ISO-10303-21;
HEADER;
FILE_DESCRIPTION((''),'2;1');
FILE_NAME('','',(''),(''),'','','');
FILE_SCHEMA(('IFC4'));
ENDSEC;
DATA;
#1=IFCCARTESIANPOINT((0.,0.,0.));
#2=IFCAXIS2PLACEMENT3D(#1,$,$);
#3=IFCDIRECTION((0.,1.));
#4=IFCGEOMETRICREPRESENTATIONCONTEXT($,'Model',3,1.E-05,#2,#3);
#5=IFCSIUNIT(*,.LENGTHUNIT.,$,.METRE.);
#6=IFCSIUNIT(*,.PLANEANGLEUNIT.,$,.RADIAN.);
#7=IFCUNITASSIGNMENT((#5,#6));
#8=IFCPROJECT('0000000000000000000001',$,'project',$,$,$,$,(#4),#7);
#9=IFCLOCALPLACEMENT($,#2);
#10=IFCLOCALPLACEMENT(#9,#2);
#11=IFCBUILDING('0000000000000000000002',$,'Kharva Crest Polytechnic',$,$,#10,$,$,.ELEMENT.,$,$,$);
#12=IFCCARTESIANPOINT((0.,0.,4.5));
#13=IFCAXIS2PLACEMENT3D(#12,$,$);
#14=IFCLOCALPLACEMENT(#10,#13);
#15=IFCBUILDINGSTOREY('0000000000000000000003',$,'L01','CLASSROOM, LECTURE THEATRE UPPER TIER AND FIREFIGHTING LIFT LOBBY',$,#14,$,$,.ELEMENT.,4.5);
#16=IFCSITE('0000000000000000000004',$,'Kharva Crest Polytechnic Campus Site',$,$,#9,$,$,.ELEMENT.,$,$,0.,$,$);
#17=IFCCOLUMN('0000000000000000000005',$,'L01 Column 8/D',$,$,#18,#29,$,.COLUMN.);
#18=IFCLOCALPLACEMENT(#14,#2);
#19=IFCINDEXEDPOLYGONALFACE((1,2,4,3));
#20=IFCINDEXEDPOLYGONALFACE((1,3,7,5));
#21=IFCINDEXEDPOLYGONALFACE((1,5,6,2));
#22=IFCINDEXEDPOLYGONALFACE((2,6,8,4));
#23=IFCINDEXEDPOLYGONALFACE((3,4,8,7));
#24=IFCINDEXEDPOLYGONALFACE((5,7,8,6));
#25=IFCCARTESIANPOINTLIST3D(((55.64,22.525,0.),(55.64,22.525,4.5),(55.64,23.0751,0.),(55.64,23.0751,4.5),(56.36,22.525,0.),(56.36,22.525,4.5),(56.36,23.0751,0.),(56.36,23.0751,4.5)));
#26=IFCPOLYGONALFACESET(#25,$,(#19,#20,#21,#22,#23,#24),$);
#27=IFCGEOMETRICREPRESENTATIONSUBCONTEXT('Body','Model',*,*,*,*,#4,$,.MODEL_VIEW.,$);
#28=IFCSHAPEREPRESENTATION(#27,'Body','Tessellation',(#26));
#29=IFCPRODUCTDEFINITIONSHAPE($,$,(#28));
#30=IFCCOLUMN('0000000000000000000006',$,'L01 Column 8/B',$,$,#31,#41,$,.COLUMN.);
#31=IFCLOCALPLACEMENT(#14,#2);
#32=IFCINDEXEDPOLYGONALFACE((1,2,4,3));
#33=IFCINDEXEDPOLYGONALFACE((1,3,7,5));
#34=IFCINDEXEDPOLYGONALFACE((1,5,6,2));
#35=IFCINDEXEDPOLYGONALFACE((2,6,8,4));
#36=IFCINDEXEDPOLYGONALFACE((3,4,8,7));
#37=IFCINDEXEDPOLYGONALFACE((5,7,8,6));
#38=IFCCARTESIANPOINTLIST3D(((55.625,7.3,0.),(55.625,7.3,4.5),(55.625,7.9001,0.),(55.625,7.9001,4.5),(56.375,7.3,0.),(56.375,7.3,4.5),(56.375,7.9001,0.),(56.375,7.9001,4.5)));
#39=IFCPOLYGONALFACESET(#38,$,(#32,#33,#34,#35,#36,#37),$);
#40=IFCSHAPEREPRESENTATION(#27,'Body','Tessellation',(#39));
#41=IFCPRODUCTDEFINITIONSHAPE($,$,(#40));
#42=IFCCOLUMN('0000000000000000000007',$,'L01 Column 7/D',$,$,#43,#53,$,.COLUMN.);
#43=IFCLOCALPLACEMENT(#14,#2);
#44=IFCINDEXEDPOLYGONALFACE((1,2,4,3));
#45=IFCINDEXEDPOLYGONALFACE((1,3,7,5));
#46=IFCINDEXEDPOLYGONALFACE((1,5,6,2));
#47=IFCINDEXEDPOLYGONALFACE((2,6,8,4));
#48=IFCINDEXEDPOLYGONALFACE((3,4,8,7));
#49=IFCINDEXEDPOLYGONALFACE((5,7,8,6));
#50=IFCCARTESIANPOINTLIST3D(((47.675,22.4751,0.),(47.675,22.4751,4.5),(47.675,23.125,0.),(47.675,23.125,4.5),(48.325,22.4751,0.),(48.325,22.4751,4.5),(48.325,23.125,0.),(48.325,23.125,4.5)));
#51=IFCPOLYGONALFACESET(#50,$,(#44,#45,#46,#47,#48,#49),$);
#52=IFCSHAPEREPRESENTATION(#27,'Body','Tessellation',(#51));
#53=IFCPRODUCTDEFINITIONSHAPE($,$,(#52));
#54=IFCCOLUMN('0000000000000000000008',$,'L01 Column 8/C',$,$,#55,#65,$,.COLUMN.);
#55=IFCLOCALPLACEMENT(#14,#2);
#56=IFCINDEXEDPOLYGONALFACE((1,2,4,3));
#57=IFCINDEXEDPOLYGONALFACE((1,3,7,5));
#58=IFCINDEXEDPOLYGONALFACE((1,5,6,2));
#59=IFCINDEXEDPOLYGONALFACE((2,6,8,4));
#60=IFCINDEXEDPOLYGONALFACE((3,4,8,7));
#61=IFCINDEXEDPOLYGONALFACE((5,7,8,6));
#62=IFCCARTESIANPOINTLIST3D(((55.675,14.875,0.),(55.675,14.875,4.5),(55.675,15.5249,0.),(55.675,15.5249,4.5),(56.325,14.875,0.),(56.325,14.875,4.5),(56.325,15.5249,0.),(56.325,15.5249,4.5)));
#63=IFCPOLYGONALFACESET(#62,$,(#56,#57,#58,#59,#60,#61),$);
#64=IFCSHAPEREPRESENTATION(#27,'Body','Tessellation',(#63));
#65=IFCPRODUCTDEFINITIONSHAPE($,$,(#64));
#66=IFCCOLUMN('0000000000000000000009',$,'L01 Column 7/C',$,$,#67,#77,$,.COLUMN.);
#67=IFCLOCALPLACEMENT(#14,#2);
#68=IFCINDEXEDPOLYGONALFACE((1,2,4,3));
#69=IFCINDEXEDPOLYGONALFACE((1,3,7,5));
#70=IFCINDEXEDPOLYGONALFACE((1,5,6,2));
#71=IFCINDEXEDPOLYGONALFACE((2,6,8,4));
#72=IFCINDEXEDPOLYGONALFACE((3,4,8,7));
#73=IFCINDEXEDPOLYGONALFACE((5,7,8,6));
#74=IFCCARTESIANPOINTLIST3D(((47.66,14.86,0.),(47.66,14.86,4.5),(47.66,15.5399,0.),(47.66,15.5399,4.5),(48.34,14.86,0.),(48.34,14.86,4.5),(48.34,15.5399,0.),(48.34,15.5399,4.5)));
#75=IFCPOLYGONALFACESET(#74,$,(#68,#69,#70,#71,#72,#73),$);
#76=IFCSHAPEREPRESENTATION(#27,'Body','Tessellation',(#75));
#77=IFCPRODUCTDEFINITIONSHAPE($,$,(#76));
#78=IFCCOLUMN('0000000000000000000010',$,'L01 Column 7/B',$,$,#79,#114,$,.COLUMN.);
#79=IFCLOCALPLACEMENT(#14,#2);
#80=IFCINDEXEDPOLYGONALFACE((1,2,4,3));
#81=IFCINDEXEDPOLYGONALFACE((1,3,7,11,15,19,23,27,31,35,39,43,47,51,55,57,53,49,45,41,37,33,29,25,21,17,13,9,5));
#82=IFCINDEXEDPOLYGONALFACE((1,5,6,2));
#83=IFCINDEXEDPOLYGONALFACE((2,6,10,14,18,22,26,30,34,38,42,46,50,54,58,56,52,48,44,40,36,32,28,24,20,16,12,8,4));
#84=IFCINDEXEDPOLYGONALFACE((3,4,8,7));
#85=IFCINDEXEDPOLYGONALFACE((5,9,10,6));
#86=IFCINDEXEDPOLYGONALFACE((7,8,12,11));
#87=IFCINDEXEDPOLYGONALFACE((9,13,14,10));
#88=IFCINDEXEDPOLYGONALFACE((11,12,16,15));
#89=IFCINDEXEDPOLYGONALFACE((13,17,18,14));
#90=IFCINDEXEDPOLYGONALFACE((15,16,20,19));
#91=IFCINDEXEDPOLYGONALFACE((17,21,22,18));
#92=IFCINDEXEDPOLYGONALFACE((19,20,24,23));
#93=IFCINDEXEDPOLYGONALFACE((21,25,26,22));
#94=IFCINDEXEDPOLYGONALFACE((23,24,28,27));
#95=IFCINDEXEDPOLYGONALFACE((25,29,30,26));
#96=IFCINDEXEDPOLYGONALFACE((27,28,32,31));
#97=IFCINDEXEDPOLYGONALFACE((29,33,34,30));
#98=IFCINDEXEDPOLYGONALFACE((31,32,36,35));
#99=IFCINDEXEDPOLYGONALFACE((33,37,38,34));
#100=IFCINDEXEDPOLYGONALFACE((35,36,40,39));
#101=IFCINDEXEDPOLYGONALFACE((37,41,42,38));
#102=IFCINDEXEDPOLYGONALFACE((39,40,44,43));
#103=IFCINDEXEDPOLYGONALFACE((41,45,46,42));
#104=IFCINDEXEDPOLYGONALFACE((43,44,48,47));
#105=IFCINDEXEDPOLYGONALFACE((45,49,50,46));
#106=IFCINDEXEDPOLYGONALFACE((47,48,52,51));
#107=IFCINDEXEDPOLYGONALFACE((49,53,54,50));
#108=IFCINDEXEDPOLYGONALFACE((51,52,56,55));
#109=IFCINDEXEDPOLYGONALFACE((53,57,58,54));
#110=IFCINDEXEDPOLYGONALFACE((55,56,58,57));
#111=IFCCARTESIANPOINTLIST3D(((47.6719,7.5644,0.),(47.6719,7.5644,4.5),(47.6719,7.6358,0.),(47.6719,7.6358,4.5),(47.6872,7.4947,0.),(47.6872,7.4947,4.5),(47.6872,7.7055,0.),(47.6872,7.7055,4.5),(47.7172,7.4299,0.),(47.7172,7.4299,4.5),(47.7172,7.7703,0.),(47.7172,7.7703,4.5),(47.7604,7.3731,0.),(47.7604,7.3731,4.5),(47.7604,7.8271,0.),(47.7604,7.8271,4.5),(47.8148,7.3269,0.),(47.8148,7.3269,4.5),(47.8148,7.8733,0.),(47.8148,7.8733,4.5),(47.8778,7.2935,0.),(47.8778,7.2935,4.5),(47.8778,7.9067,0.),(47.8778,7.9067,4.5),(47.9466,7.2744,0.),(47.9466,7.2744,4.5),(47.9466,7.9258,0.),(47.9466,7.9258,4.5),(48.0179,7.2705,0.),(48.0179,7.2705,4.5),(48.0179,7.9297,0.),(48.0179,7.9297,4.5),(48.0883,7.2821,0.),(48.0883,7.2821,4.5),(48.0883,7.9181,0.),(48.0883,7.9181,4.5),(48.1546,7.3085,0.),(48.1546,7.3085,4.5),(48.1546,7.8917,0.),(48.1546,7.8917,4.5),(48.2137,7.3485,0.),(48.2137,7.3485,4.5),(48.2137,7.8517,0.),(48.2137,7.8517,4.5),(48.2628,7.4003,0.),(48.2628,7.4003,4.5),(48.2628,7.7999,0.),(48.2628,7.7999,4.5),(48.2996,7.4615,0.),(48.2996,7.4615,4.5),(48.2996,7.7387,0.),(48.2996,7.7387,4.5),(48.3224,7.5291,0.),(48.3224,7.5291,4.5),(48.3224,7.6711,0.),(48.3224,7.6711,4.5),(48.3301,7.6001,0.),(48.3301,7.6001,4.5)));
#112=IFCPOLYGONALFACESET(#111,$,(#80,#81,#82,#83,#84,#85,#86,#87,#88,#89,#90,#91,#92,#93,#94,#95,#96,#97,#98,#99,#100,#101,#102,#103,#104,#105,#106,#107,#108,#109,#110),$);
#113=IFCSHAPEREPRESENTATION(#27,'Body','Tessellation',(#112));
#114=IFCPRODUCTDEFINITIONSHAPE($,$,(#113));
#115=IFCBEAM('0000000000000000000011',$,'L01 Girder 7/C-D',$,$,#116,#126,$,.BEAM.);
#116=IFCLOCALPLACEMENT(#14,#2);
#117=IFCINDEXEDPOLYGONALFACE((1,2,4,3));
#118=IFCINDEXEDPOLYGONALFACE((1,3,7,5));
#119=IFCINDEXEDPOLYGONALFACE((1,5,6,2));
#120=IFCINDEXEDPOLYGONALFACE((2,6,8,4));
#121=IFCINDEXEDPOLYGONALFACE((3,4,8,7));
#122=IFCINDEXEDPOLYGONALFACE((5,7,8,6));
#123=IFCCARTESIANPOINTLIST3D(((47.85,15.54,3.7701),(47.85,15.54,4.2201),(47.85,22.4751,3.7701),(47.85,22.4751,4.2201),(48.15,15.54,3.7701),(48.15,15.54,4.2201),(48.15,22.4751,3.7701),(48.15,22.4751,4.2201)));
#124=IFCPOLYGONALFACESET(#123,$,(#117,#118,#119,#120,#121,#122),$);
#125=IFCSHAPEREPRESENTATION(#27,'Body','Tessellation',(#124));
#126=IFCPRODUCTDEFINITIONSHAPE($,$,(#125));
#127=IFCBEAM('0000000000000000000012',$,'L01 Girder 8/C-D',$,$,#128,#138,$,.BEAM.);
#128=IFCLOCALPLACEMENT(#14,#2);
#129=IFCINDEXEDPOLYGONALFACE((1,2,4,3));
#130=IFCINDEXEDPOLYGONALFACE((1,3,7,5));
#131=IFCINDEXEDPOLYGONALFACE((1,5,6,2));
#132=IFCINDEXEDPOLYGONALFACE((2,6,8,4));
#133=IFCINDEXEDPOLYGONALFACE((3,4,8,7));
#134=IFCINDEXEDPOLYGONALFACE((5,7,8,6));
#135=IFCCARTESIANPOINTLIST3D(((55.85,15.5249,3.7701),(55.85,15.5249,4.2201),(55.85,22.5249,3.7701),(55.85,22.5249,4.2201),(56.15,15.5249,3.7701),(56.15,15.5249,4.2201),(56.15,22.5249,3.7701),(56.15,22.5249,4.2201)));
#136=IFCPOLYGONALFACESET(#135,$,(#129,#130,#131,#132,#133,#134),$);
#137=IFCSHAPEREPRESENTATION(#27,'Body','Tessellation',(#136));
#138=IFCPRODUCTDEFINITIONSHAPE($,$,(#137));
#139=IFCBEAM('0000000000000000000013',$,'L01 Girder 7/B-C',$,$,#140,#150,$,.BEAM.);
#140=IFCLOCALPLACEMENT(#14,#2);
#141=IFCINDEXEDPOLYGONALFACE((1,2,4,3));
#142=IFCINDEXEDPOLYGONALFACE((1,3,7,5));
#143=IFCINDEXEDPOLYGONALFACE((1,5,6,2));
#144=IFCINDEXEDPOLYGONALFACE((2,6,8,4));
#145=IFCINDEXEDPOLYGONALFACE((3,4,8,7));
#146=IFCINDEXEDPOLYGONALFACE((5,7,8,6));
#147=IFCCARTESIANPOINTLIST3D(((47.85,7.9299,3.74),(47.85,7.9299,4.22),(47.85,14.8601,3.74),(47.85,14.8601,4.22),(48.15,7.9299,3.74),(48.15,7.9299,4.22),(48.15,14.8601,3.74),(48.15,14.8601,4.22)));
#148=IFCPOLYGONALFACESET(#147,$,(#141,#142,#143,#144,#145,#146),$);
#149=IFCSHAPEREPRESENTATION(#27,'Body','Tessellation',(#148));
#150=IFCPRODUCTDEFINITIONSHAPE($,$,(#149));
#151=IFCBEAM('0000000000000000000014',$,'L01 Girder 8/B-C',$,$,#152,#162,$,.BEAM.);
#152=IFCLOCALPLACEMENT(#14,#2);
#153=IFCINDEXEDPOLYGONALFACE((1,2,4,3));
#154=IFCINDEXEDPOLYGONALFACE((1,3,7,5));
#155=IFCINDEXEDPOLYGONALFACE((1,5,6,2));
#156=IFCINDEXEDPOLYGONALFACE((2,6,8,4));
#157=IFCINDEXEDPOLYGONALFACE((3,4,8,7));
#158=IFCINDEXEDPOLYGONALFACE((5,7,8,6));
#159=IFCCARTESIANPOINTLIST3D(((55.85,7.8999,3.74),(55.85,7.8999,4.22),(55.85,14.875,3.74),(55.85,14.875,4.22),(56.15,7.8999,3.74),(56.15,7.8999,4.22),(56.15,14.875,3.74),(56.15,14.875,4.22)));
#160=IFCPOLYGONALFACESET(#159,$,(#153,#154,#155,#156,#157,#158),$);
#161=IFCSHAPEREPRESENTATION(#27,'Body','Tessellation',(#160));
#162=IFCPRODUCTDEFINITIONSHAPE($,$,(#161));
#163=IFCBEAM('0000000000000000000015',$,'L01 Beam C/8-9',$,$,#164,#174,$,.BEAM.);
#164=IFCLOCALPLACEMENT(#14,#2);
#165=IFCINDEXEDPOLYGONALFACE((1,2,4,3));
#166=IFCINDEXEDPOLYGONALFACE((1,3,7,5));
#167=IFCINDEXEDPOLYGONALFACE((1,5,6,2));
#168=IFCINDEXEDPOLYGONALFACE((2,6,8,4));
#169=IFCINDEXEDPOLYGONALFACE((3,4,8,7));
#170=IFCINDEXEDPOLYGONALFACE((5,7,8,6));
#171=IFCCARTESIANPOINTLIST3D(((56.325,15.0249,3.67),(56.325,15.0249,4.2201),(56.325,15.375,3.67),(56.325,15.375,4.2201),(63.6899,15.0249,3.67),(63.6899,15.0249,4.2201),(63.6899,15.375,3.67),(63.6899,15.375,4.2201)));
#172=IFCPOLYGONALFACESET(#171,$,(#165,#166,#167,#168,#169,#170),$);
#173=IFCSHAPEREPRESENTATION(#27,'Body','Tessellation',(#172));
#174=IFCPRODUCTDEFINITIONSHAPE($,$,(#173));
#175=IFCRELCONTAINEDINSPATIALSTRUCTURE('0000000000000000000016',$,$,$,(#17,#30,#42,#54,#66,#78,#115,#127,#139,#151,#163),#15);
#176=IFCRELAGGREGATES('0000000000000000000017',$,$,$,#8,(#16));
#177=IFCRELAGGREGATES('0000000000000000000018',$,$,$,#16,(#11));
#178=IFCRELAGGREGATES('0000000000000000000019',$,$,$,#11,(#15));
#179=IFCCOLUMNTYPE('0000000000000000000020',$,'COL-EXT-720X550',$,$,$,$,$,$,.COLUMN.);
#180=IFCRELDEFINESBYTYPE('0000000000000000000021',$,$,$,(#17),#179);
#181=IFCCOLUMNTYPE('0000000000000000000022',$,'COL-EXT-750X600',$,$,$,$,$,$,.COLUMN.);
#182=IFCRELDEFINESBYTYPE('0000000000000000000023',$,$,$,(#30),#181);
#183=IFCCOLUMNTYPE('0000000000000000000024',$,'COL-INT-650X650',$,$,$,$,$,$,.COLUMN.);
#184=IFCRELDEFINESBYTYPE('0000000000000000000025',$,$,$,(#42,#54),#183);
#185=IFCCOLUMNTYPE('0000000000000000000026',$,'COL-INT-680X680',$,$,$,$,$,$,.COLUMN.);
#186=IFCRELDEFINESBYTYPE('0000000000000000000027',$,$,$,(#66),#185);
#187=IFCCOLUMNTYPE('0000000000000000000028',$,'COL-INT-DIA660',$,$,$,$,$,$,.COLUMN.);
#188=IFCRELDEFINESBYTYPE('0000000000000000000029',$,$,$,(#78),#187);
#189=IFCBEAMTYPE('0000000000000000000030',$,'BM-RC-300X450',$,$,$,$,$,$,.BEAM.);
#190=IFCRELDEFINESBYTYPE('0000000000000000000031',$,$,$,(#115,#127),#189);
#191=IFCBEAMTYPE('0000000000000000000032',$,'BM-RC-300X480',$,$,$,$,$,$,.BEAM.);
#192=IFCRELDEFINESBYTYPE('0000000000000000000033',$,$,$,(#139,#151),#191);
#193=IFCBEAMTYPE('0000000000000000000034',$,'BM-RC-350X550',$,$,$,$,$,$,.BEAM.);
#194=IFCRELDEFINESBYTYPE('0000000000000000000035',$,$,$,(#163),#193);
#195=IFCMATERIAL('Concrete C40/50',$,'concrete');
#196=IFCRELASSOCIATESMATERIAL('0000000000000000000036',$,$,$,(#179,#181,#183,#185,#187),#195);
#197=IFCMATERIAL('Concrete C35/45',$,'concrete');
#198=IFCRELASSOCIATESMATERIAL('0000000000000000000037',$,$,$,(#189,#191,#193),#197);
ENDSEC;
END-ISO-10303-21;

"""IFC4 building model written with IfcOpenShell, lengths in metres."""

from ifc_helpers import new_model, si_unit, direction, frame, origin, origin_2d, place, context, subcontext, project, spatial, rectangle, circle, extrude, material, material_profile, profile_set, type_object, element, save


model = new_model("IFC4")

# Units and contexts
model_context = context("Model", 3, precision=1e-05, world=origin(), true_north=direction((0.0, 1.0)))
body_context = subcontext(model_context, "Body", "Model", "MODEL_VIEW")
ifc_project = project(units=[si_unit("LENGTHUNIT", "METRE"), si_unit("PLANEANGLEUNIT", "RADIAN")], contexts=[model_context])

# Site, building, storey
site_placement = place(None, origin())
site = spatial("IfcSite", under=ifc_project, at=site_placement, Name="Kharva Crest Polytechnic Campus Site", CompositionType="ELEMENT", RefElevation=0.0)
building_placement = place(site_placement, origin())
building = spatial("IfcBuilding", under=site, at=building_placement, Name="Kharva Crest Polytechnic", CompositionType="ELEMENT")
storey_placement = place(building_placement, frame((0.0, 0.0, 4.5)))
storey = spatial("IfcBuildingStorey", under=building, at=storey_placement, Name="L01", Description="CLASSROOM, LECTURE THEATRE UPPER TIER AND FIREFIGHTING LIFT LOBBY", CompositionType="ELEMENT", Elevation=4.5)

# Columns
ifc_material_1 = material(Name="Concrete C40/50", Category="concrete")
ifc_material_profile_1 = material_profile(ifc_material_1, rectangle(XDim=0.72, YDim=0.55, at=origin_2d()), Name="RECT 720 X 550")
ifc_profile_set_1 = profile_set([ifc_material_profile_1], Name="Concrete C40/50")
column_type_1 = type_object("IfcColumnType", Name="COL-EXT-720X550", PredefinedType="COLUMN", material=ifc_profile_set_1)
column_1_placement = place(storey_placement, frame((56.0, 22.8, 0.0), z_axis=(0.0, 0.0, 1.0), x_axis=(1.0, 0.0, 0.0)))
element("IfcColumn", 1, at=column_1_placement, inside=storey, type_object=column_type_1, Name="L01 Column 8/D", PredefinedType="COLUMN", context=body_context, shape_type="SweptSolid", body=[
    extrude(rectangle(XDim=0.72, YDim=0.55, at=origin_2d()), origin(), (0.0, 0.0, 1.0), 4.5),
])
ifc_material_profile_2 = material_profile(ifc_material_1, rectangle(XDim=0.75, YDim=0.6001, at=origin_2d()), Name="RECT 750 X 600")
ifc_profile_set_2 = profile_set([ifc_material_profile_2], Name="Concrete C40/50")
column_type_2 = type_object("IfcColumnType", Name="COL-EXT-750X600", PredefinedType="COLUMN", material=ifc_profile_set_2)
column_2_placement = place(storey_placement, frame((56.0, 7.6001, 0.0), z_axis=(0.0, 0.0, 1.0), x_axis=(1.0, 0.0, 0.0)))
element("IfcColumn", 2, at=column_2_placement, inside=storey, type_object=column_type_2, Name="L01 Column 8/B", PredefinedType="COLUMN", context=body_context, shape_type="SweptSolid", body=[
    extrude(rectangle(XDim=0.75, YDim=0.6001, at=origin_2d()), origin(), (0.0, 0.0, 1.0), 4.5),
])
ifc_material_profile_3 = material_profile(ifc_material_1, rectangle(XDim=0.6499, YDim=0.6499, at=origin_2d()), Name="RECT 650 X 650")
ifc_profile_set_3 = profile_set([ifc_material_profile_3], Name="Concrete C40/50")
column_type_3 = type_object("IfcColumnType", Name="COL-INT-650X650", PredefinedType="COLUMN", material=ifc_profile_set_3)
for number, where, z_axis, x_axis, name in (
    (3, (48.0, 22.8, 0.0), (0.0, 0.0, 1.0), (1.0, 0.0, 0.0), "L01 Column 7/D"),
    (4, (56.0, 15.2, 0.0), (0.0, 0.0, 1.0), (1.0, 0.0, 0.0), "L01 Column 8/C"),
):
    element("IfcColumn", number, at=place(storey_placement, frame(where, z_axis=z_axis, x_axis=x_axis)), inside=storey, type_object=column_type_3, Name=name, PredefinedType="COLUMN", context=body_context, shape_type="SweptSolid", body=[
        extrude(rectangle(XDim=0.6499, YDim=0.6499, at=origin_2d()), origin(), (0.0, 0.0, 1.0), 4.5),
    ])
ifc_material_profile_4 = material_profile(ifc_material_1, rectangle(XDim=0.6799, YDim=0.6799, at=origin_2d()), Name="RECT 680 X 680")
ifc_profile_set_4 = profile_set([ifc_material_profile_4], Name="Concrete C40/50")
column_type_4 = type_object("IfcColumnType", Name="COL-INT-680X680", PredefinedType="COLUMN", material=ifc_profile_set_4)
column_3_placement = place(storey_placement, frame((48.0, 15.2, 0.0), z_axis=(0.0, 0.0, 1.0), x_axis=(1.0, 0.0, 0.0)))
element("IfcColumn", 5, at=column_3_placement, inside=storey, type_object=column_type_4, Name="L01 Column 7/C", PredefinedType="COLUMN", context=body_context, shape_type="SweptSolid", body=[
    extrude(rectangle(XDim=0.6799, YDim=0.6799, at=origin_2d()), origin(), (0.0, 0.0, 1.0), 4.5),
])
ifc_material_profile_5 = material_profile(ifc_material_1, circle(Radius=0.3301, at=origin_2d()), Name="DIA 660")
ifc_profile_set_5 = profile_set([ifc_material_profile_5], Name="Concrete C40/50")
column_type_5 = type_object("IfcColumnType", Name="COL-INT-DIA660", PredefinedType="COLUMN", material=ifc_profile_set_5)
column_4_placement = place(storey_placement, frame((48.0, 7.6001, 0.0), z_axis=(0.0, 0.0, 1.0), x_axis=(1.0, 0.0, 0.0)))
element("IfcColumn", 6, at=column_4_placement, inside=storey, type_object=column_type_5, Name="L01 Column 7/B", PredefinedType="COLUMN", context=body_context, shape_type="SweptSolid", body=[
    extrude(circle(Radius=0.3301, at=origin_2d()), origin(), (0.0, 0.0, 1.0), 4.5),
])

# Beams
ifc_material_2 = material(Name="Concrete C35/45", Category="concrete")
ifc_material_profile_6 = material_profile(ifc_material_2, rectangle(XDim=0.3, YDim=0.45, at=origin_2d()), Name="RECT 300 X 450")
ifc_profile_set_6 = profile_set([ifc_material_profile_6], Name="Concrete C35/45")
beam_type_1 = type_object("IfcBeamType", Name="BM-RC-300X450", PredefinedType="BEAM", material=ifc_profile_set_6)
beam_1_placement = place(storey_placement, frame((48.0, 15.54, 3.9951), z_axis=(0.0, 1.0, 0.0), x_axis=(-1.0, 0.0, 0.0)))
element("IfcBeam", 7, at=beam_1_placement, inside=storey, type_object=beam_type_1, Name="L01 Girder 7/C-D", PredefinedType="BEAM", context=body_context, shape_type="SweptSolid", body=[
    extrude(rectangle(XDim=0.3, YDim=0.45, at=origin_2d()), origin(), (0.0, 0.0, 1.0), 6.9351),
])
beam_2_placement = place(storey_placement, frame((56.0, 15.5249, 3.9951), z_axis=(0.0, 1.0, 0.0), x_axis=(-1.0, 0.0, 0.0)))
element("IfcBeam", 8, at=beam_2_placement, inside=storey, type_object=beam_type_1, Name="L01 Girder 8/C-D", PredefinedType="BEAM", context=body_context, shape_type="SweptSolid", body=[
    extrude(rectangle(XDim=0.3, YDim=0.45, at=origin_2d()), origin(), (0.0, 0.0, 1.0), 7.0),
])
ifc_material_profile_7 = material_profile(ifc_material_2, rectangle(XDim=0.3, YDim=0.48, at=origin_2d()), Name="RECT 300 X 480")
ifc_profile_set_7 = profile_set([ifc_material_profile_7], Name="Concrete C35/45")
beam_type_2 = type_object("IfcBeamType", Name="BM-RC-300X480", PredefinedType="BEAM", material=ifc_profile_set_7)
beam_3_placement = place(storey_placement, frame((48.0, 7.9299, 3.98), z_axis=(0.0, 1.0, 0.0), x_axis=(-1.0, 0.0, 0.0)))
element("IfcBeam", 9, at=beam_3_placement, inside=storey, type_object=beam_type_2, Name="L01 Girder 7/B-C", PredefinedType="BEAM", context=body_context, shape_type="SweptSolid", body=[
    extrude(rectangle(XDim=0.3, YDim=0.48, at=origin_2d()), origin(), (0.0, 0.0, 1.0), 6.9302),
])
beam_4_placement = place(storey_placement, frame((56.0, 7.8999, 3.98), z_axis=(0.0, 1.0, 0.0), x_axis=(-1.0, 0.0, 0.0)))
element("IfcBeam", 10, at=beam_4_placement, inside=storey, type_object=beam_type_2, Name="L01 Girder 8/B-C", PredefinedType="BEAM", context=body_context, shape_type="SweptSolid", body=[
    extrude(rectangle(XDim=0.3, YDim=0.48, at=origin_2d()), origin(), (0.0, 0.0, 1.0), 6.9751),
])
ifc_material_profile_8 = material_profile(ifc_material_2, rectangle(XDim=0.3501, YDim=0.55, at=origin_2d()), Name="RECT 350 X 550")
ifc_profile_set_8 = profile_set([ifc_material_profile_8], Name="Concrete C35/45")
beam_type_3 = type_object("IfcBeamType", Name="BM-RC-350X550", PredefinedType="BEAM", material=ifc_profile_set_8)
beam_5_placement = place(storey_placement, frame((56.325, 15.2, 3.9451), z_axis=(1.0, 0.0, 0.0), x_axis=(0.0, 1.0, 0.0)))
element("IfcBeam", 11, at=beam_5_placement, inside=storey, type_object=beam_type_3, Name="L01 Beam C/8-9", PredefinedType="BEAM", context=body_context, shape_type="SweptSolid", body=[
    extrude(rectangle(XDim=0.3501, YDim=0.55, at=origin_2d()), origin(), (0.0, 0.0, 1.0), 7.365),
])

save(model, "model.ifc")
